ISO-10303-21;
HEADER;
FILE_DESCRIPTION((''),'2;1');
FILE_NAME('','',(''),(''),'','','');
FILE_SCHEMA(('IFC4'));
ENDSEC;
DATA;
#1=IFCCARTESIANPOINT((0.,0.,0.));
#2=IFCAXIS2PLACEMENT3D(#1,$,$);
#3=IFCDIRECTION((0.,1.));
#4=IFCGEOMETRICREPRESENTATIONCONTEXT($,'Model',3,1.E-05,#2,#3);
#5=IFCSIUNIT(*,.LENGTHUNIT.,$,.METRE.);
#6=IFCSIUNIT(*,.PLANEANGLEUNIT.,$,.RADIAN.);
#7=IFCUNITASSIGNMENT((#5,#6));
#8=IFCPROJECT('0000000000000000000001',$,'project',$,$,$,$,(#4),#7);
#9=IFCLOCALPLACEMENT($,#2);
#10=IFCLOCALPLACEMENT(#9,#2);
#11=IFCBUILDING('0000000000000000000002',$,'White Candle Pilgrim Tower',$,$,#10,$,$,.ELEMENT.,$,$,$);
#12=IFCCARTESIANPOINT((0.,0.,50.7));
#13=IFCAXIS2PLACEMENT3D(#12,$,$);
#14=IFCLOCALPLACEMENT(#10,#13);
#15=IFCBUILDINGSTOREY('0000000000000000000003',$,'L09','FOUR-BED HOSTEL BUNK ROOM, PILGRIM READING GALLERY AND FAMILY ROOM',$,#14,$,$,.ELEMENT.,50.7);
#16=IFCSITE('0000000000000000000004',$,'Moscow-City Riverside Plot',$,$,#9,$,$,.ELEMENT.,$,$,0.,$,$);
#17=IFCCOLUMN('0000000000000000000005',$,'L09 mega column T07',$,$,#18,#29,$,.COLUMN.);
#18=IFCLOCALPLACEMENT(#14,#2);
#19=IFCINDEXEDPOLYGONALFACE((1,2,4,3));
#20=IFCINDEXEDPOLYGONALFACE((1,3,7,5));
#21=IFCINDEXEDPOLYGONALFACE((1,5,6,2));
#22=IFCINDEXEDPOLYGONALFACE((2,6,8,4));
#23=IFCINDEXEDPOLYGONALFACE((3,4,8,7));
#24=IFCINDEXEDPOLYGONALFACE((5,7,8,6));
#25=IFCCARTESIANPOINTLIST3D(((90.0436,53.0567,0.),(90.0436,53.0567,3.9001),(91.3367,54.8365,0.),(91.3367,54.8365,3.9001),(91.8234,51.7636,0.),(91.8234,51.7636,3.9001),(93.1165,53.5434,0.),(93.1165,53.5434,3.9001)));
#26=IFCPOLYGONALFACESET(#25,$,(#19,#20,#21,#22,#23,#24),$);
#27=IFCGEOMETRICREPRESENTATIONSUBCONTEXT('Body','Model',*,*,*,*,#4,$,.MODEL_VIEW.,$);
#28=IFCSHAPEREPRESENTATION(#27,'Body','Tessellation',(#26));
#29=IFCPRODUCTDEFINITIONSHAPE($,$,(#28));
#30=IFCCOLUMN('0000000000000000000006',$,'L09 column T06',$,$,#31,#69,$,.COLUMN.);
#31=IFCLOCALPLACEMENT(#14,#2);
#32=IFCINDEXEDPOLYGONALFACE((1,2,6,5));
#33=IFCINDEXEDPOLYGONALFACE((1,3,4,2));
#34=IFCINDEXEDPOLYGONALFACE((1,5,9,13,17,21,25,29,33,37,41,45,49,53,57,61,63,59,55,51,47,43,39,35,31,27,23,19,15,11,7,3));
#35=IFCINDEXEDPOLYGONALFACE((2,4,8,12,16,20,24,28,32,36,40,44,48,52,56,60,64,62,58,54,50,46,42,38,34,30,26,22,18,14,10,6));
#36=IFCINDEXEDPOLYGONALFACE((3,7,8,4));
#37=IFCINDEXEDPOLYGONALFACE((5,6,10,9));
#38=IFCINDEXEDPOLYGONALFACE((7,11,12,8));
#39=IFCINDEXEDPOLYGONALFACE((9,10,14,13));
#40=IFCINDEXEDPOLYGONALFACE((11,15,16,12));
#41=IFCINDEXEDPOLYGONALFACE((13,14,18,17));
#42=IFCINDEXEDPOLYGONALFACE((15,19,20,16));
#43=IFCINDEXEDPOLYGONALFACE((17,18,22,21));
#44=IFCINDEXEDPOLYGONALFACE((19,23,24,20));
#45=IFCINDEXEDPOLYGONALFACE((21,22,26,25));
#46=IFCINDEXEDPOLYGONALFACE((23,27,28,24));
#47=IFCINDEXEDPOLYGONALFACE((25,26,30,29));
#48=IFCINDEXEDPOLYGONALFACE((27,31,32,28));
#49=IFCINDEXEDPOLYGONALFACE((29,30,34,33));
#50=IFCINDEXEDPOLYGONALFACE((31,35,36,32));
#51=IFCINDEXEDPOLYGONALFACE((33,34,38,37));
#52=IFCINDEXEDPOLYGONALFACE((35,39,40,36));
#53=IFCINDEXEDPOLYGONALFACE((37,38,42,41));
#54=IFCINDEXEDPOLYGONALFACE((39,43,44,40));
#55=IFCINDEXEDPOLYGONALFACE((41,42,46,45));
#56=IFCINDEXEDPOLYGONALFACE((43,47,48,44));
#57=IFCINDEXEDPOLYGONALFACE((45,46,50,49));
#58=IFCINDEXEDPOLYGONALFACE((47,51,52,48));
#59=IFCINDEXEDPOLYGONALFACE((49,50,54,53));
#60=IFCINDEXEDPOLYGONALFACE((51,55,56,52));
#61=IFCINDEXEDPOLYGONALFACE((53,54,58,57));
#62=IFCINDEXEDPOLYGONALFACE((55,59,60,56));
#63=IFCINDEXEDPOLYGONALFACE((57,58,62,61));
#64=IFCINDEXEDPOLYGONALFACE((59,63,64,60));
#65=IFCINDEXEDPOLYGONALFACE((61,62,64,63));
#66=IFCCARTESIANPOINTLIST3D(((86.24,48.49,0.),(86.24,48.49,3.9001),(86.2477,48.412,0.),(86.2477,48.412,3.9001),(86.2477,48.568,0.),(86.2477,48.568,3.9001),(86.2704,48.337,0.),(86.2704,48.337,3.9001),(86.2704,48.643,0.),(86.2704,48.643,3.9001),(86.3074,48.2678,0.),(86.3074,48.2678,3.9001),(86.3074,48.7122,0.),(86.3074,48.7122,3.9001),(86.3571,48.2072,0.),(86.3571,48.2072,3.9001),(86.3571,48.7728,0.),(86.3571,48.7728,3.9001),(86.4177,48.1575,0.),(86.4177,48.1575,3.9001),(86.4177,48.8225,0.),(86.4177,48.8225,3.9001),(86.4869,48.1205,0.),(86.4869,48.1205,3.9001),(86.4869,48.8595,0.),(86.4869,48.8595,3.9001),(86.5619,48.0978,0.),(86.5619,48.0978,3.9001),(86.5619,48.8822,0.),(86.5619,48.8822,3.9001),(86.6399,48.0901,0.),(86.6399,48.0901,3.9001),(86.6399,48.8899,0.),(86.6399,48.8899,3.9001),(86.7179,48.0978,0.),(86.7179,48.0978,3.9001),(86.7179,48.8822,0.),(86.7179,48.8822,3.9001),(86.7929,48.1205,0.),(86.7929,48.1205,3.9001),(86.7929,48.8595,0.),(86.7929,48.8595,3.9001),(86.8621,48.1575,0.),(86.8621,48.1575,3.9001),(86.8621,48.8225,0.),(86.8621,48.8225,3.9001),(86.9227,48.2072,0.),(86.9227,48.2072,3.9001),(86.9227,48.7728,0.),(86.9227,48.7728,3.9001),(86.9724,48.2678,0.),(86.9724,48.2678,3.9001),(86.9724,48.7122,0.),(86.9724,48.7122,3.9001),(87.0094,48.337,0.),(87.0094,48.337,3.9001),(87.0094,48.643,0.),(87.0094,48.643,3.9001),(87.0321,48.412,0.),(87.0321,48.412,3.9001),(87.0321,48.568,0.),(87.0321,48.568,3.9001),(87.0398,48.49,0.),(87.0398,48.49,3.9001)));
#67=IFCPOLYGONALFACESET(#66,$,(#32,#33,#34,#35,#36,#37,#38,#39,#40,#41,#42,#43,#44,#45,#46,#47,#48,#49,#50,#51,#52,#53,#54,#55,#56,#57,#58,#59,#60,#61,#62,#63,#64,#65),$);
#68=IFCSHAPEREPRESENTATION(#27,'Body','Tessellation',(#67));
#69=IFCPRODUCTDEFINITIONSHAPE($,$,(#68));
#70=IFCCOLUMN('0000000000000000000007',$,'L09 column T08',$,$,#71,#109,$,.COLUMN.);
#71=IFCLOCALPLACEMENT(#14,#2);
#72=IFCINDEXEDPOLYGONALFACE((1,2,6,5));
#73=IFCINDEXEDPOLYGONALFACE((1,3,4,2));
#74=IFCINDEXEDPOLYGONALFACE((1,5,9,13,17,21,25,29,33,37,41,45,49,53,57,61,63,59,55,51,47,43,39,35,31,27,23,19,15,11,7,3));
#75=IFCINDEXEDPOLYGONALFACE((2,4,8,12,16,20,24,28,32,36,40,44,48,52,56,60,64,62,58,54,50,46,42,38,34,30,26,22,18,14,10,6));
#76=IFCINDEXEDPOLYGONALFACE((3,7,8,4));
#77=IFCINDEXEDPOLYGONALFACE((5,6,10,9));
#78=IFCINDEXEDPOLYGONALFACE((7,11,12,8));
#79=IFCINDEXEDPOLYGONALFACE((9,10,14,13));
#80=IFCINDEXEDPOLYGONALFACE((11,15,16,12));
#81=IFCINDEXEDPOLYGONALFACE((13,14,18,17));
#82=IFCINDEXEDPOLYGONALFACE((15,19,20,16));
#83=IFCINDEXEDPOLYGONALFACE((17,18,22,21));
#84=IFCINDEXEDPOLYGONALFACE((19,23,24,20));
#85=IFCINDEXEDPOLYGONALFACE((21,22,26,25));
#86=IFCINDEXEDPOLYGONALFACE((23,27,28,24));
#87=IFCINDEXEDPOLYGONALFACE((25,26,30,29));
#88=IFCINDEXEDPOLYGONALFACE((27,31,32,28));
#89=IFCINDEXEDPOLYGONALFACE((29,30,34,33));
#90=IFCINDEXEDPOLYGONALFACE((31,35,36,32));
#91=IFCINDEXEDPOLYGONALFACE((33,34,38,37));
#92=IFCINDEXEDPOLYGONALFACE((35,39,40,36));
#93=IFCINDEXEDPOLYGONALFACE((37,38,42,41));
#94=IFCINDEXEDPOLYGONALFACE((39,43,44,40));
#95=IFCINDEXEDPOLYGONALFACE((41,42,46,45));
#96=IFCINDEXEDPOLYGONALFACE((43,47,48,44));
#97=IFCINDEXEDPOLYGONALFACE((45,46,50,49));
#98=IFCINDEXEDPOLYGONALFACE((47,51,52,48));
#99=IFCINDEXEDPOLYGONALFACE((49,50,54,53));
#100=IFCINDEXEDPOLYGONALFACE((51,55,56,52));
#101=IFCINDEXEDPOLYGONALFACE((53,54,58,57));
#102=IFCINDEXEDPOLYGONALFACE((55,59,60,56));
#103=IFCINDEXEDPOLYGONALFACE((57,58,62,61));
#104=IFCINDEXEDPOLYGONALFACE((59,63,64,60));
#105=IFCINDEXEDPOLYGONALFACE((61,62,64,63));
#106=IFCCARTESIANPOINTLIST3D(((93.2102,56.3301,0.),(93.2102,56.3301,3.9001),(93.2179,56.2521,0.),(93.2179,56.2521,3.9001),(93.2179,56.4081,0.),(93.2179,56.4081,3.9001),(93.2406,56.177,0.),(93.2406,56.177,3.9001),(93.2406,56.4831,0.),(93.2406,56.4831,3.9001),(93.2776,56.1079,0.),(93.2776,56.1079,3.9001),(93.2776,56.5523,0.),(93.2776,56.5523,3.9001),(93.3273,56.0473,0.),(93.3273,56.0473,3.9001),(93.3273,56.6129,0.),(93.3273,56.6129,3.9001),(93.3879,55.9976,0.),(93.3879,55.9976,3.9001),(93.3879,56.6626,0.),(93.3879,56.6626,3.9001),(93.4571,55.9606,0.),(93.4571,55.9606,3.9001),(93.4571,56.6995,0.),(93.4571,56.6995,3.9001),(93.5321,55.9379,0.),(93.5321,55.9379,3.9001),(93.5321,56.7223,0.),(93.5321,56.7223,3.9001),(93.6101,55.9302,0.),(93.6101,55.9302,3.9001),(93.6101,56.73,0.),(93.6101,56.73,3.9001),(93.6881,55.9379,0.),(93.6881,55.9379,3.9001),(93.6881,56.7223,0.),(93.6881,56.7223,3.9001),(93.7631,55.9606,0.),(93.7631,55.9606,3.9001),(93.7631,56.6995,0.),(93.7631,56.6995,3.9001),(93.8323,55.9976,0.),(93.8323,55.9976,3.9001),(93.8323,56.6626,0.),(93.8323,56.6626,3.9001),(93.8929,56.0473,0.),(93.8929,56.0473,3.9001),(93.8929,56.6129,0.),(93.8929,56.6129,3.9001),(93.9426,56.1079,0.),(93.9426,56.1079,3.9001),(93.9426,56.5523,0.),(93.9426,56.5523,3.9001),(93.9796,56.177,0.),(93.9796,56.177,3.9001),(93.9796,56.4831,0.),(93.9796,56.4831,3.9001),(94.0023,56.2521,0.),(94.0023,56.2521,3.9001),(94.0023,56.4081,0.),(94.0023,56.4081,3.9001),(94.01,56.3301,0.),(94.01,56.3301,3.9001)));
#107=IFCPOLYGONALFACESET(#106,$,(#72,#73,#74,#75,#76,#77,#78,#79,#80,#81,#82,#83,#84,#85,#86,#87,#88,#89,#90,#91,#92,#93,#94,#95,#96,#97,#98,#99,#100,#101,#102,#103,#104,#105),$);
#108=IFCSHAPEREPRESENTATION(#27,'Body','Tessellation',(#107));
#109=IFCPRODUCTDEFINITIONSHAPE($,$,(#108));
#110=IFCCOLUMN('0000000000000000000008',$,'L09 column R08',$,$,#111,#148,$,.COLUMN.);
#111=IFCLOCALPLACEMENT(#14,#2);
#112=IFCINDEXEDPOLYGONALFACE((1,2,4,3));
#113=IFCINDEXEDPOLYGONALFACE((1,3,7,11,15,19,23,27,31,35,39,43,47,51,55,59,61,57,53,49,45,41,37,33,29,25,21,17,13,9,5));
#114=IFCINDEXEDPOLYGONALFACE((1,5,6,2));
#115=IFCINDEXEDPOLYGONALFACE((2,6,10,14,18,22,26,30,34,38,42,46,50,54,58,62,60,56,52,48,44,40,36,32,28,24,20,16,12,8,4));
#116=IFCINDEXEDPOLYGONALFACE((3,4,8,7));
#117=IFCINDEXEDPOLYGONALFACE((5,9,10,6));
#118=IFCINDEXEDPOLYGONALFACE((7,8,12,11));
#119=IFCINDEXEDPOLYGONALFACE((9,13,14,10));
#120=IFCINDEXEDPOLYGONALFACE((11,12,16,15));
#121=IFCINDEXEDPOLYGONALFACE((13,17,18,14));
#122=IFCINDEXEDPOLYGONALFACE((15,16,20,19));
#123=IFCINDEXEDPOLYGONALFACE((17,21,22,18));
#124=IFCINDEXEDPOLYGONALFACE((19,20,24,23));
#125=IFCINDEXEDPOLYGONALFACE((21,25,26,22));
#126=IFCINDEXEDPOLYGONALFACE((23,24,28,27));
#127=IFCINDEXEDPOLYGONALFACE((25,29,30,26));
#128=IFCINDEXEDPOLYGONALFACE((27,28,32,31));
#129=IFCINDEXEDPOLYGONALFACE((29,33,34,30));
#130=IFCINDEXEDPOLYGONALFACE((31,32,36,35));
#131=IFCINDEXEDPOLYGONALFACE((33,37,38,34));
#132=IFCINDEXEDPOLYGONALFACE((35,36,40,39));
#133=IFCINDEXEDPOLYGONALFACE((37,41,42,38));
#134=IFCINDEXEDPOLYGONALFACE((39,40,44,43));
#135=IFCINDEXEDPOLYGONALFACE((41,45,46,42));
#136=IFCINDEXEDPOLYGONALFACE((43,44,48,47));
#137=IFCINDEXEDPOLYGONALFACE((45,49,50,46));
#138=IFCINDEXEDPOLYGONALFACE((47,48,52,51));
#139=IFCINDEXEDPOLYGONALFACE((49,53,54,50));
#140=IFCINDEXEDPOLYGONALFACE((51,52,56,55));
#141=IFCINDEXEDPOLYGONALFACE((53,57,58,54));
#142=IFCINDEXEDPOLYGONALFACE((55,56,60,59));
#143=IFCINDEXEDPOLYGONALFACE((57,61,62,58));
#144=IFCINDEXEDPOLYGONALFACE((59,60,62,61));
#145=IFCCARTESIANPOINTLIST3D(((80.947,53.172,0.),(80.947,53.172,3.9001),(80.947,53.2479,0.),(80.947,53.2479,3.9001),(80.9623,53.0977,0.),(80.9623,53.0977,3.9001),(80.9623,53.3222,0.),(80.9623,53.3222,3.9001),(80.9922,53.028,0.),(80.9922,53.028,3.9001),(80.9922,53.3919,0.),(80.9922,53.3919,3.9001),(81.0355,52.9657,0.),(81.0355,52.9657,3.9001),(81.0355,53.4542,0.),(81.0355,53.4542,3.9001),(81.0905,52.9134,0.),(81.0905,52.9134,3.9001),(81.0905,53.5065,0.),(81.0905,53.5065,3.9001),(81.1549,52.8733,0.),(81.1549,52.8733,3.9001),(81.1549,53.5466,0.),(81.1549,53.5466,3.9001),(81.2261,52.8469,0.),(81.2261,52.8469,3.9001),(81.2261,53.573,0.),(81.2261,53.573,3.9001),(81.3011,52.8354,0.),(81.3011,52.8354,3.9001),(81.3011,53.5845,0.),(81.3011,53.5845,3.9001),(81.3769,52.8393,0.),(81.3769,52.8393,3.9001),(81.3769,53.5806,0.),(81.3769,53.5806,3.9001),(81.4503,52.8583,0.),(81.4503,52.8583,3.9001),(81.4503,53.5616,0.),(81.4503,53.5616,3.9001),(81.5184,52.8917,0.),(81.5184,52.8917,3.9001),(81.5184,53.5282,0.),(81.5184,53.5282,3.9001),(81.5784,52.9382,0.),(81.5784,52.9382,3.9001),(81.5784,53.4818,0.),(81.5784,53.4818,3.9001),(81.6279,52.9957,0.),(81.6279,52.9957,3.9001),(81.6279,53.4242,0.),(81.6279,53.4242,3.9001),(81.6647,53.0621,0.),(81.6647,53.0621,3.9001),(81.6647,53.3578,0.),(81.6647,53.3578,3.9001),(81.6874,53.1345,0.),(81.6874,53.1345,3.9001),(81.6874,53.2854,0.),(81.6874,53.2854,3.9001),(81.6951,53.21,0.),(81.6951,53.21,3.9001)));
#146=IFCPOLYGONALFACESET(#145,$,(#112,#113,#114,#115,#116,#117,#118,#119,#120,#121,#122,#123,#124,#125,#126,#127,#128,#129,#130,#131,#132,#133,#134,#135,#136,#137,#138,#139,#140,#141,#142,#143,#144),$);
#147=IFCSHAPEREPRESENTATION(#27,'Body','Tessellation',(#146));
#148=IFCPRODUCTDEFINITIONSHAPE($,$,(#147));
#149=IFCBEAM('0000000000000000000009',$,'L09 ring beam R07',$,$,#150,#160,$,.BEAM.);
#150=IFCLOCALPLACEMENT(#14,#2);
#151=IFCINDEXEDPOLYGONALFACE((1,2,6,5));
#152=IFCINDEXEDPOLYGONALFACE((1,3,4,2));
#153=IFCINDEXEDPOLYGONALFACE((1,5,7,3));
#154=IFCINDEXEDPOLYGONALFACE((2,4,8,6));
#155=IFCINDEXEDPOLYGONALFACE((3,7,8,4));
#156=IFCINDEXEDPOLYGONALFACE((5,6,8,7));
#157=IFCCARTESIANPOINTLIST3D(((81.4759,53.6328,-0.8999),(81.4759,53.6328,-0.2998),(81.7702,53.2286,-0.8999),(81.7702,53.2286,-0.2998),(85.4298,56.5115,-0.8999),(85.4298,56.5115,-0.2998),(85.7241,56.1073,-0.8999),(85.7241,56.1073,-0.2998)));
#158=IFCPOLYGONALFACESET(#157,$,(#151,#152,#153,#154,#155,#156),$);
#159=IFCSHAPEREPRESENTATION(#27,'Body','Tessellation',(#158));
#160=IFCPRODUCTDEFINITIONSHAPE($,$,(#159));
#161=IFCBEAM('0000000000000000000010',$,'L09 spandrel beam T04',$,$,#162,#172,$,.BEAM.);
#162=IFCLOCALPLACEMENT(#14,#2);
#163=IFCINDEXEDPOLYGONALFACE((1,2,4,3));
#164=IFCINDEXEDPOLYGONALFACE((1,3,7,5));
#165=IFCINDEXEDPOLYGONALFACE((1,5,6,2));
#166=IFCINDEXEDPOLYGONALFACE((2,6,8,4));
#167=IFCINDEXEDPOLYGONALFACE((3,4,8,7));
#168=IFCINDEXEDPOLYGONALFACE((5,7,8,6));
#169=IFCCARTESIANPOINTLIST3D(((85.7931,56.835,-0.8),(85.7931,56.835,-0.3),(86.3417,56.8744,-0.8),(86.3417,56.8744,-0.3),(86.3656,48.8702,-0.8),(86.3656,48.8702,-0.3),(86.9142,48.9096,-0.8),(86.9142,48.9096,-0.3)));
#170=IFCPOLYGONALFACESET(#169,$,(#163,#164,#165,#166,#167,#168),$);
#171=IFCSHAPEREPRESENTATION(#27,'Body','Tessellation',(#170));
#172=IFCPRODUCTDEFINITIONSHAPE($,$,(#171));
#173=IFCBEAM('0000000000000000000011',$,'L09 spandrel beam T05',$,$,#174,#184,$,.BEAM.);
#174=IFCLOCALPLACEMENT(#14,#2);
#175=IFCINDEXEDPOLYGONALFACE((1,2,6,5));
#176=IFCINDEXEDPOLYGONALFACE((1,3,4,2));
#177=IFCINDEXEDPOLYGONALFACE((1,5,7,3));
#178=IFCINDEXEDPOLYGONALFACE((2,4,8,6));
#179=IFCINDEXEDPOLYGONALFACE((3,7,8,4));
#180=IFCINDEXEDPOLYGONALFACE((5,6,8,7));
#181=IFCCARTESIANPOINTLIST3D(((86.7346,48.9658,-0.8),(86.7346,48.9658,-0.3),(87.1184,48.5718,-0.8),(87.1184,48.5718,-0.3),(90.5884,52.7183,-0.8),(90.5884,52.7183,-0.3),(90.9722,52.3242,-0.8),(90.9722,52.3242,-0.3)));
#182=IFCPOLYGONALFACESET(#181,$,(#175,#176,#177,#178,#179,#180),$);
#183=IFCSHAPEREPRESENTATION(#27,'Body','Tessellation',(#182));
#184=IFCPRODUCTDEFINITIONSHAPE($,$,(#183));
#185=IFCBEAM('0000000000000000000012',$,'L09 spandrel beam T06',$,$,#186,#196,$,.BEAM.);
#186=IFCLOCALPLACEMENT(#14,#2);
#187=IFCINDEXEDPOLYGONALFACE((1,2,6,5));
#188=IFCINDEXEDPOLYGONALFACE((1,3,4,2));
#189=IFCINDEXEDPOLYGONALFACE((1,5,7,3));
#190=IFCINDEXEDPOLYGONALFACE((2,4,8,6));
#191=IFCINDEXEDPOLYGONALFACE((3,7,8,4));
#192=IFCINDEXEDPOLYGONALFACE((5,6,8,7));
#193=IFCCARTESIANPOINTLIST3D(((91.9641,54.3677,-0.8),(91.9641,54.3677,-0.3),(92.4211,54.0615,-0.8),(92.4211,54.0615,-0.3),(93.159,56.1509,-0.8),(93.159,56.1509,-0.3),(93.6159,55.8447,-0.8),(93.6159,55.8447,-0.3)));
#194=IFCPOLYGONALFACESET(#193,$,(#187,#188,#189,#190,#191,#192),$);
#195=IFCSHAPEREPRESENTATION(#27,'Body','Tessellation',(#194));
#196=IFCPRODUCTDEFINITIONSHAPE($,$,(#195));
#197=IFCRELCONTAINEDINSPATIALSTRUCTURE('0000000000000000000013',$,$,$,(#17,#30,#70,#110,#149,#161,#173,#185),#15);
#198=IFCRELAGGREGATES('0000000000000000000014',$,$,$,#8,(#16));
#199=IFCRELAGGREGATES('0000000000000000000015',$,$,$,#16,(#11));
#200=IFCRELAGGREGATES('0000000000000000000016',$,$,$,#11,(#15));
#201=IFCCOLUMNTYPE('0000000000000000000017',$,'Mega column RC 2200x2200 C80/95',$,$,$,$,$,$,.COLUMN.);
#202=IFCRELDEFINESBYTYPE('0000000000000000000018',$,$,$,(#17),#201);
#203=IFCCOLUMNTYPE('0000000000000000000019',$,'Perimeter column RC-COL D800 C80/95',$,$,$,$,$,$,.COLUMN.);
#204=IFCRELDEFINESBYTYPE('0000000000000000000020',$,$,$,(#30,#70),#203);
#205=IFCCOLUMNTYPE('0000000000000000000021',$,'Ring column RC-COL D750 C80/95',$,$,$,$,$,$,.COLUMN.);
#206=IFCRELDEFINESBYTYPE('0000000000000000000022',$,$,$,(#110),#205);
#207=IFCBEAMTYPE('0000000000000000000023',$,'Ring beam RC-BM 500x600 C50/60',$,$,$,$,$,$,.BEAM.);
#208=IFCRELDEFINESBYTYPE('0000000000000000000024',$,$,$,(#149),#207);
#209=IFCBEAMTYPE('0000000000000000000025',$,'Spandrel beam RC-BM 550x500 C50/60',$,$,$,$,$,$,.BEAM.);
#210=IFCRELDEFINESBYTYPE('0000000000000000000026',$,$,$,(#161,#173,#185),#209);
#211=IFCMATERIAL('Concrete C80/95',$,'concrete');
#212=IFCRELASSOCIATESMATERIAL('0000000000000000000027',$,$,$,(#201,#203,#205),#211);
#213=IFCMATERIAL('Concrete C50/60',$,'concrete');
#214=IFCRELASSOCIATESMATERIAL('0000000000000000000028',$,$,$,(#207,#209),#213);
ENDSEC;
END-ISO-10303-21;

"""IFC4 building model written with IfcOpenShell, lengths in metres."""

from ifc_helpers import new_model, si_unit, direction, frame, origin, origin_2d, place, context, subcontext, project, spatial, rectangle, circle, extrude, material, material_profile, profile_set, type_object, element, save


model = new_model("IFC4")

# Units and contexts
model_context = context("Model", 3, precision=1e-05, world=origin(), true_north=direction((0.0, 1.0)))
body_context = subcontext(model_context, "Body", "Model", "MODEL_VIEW")
ifc_project = project(units=[si_unit("LENGTHUNIT", "METRE"), si_unit("PLANEANGLEUNIT", "RADIAN")], contexts=[model_context])

# Site, building, storey
site_placement = place(None, origin())
site = spatial("IfcSite", under=ifc_project, at=site_placement, Name="Moscow-City Riverside Plot", CompositionType="ELEMENT", RefElevation=0.0)
building_placement = place(site_placement, origin())
building = spatial("IfcBuilding", under=site, at=building_placement, Name="White Candle Pilgrim Tower", CompositionType="ELEMENT")
storey_placement = place(building_placement, frame((0.0, 0.0, 50.7)))
storey = spatial("IfcBuildingStorey", under=building, at=storey_placement, Name="L09", Description="FOUR-BED HOSTEL BUNK ROOM, PILGRIM READING GALLERY AND FAMILY ROOM", CompositionType="ELEMENT", Elevation=50.7)

# Columns
ifc_material_1 = material(Name="Concrete C80/95", Category="concrete")
ifc_material_profile_1 = material_profile(ifc_material_1, rectangle(XDim=2.2, YDim=2.2, at=origin_2d()), Name="RC 2200x2200")
ifc_profile_set_1 = profile_set([ifc_material_profile_1], Name="Concrete C80/95")
column_type_1 = type_object("IfcColumnType", Name="Mega column RC 2200x2200 C80/95", PredefinedType="COLUMN", material=ifc_profile_set_1)
column_1_placement = place(storey_placement, frame((91.5801, 53.3, 0.0), z_axis=(0.0, 0.0, 1.0), x_axis=(0.809017, -0.587785, 0.0)))
element("IfcColumn", 1, at=column_1_placement, inside=storey, type_object=column_type_1, Name="L09 mega column T07", PredefinedType="COLUMN", context=body_context, shape_type="SweptSolid", body=[
    extrude(rectangle(XDim=2.2, YDim=2.2, at=origin_2d()), origin(), (0.0, 0.0, 1.0), 3.9001),
])
ifc_material_profile_2 = material_profile(ifc_material_1, circle(Radius=0.3999, at=origin_2d()), Name="RC-COL D800")
ifc_profile_set_2 = profile_set([ifc_material_profile_2], Name="Concrete C80/95")
column_type_2 = type_object("IfcColumnType", Name="Perimeter column RC-COL D800 C80/95", PredefinedType="COLUMN", material=ifc_profile_set_2)
for number, where, z_axis, x_axis, name in (
    (2, (86.6399, 48.49, 0.0), (0.0, 0.0, 1.0), (1.0, 0.0, 0.0), "L09 column T06"),
    (3, (93.6101, 56.3301, 0.0), (0.0, 0.0, 1.0), (1.0, 0.0, 0.0), "L09 column T08"),
):
    element("IfcColumn", number, at=place(storey_placement, frame(where, z_axis=z_axis, x_axis=x_axis)), inside=storey, type_object=column_type_2, Name=name, PredefinedType="COLUMN", context=body_context, shape_type="SweptSolid", body=[
        extrude(circle(Radius=0.3999, at=origin_2d()), origin(), (0.0, 0.0, 1.0), 3.9001),
    ])
ifc_material_profile_3 = material_profile(ifc_material_1, circle(Radius=0.375, at=origin_2d()), Name="RC-COL D750")
ifc_profile_set_3 = profile_set([ifc_material_profile_3], Name="Concrete C80/95")
column_type_3 = type_object("IfcColumnType", Name="Ring column RC-COL D750 C80/95", PredefinedType="COLUMN", material=ifc_profile_set_3)
column_2_placement = place(storey_placement, frame((81.3201, 53.21, 0.0), z_axis=(0.0, 0.0, 1.0), x_axis=(1.0, 0.0, 0.0)))
element("IfcColumn", 4, at=column_2_placement, inside=storey, type_object=column_type_3, Name="L09 column R08", PredefinedType="COLUMN", context=body_context, shape_type="SweptSolid", body=[
    extrude(circle(Radius=0.375, at=origin_2d()), origin(), (0.0, 0.0, 1.0), 3.9001),
])

# Beams
ifc_material_2 = material(Name="Concrete C50/60", Category="concrete")
ifc_material_profile_4 = material_profile(ifc_material_2, rectangle(XDim=0.5, YDim=0.6001, at=origin_2d()), Name="RC-BM 500x600")
ifc_profile_set_4 = profile_set([ifc_material_profile_4], Name="Concrete C50/60")
beam_type_1 = type_object("IfcBeamType", Name="Ring beam RC-BM 500x600 C50/60", PredefinedType="BEAM", material=ifc_profile_set_4)
beam_1_placement = place(storey_placement, frame((81.623, 53.4307, -0.5999), z_axis=(0.808432, 0.58859, 0.0), x_axis=(-0.58859, 0.808432, 0.0)))
element("IfcBeam", 5, at=beam_1_placement, inside=storey, type_object=beam_type_1, Name="L09 ring beam R07", PredefinedType="BEAM", context=body_context, shape_type="SweptSolid", body=[
    extrude(rectangle(XDim=0.5, YDim=0.6001, at=origin_2d()), origin(), (0.0, 0.0, 1.0), 4.8909),
])
ifc_material_profile_5 = material_profile(ifc_material_2, rectangle(XDim=0.55, YDim=0.5, at=origin_2d()), Name="RC-BM 550x500")
ifc_profile_set_5 = profile_set([ifc_material_profile_5], Name="Concrete C50/60")
beam_type_2 = type_object("IfcBeamType", Name="Spandrel beam RC-BM 550x500 C50/60", PredefinedType="BEAM", material=ifc_profile_set_5)
beam_2_placement = place(storey_placement, frame((86.6399, 48.8899, -0.55), z_axis=(-0.071695, 0.997427, 0.0), x_axis=(-0.997427, -0.071695, 0.0)))
element("IfcBeam", 6, at=beam_2_placement, inside=storey, type_object=beam_type_2, Name="L09 spandrel beam T04", PredefinedType="BEAM", context=body_context, shape_type="SweptSolid", body=[
    extrude(rectangle(XDim=0.55, YDim=0.5, at=origin_2d()), origin(), (0.0, 0.0, 1.0), 7.9854),
])
beam_3_placement = place(storey_placement, frame((86.9265, 48.7688, -0.55), z_axis=(0.716462, 0.697626, 0.0), x_axis=(-0.697626, 0.716462, 0.0)))
element("IfcBeam", 7, at=beam_3_placement, inside=storey, type_object=beam_type_2, Name="L09 spandrel beam T05", PredefinedType="BEAM", context=body_context, shape_type="SweptSolid", body=[
    extrude(rectangle(XDim=0.55, YDim=0.5, at=origin_2d()), origin(), (0.0, 0.0, 1.0), 5.3789),
])
beam_4_placement = place(storey_placement, frame((92.1926, 54.2146, -0.55), z_axis=(0.556641, 0.830753, 0.0), x_axis=(-0.830753, 0.556641, 0.0)))
element("IfcBeam", 8, at=beam_4_placement, inside=storey, type_object=beam_type_2, Name="L09 spandrel beam T06", PredefinedType="BEAM", context=body_context, shape_type="SweptSolid", body=[
    extrude(rectangle(XDim=0.55, YDim=0.5, at=origin_2d()), origin(), (0.0, 0.0, 1.0), 2.1465),
])

save(model, "model.ifc")
